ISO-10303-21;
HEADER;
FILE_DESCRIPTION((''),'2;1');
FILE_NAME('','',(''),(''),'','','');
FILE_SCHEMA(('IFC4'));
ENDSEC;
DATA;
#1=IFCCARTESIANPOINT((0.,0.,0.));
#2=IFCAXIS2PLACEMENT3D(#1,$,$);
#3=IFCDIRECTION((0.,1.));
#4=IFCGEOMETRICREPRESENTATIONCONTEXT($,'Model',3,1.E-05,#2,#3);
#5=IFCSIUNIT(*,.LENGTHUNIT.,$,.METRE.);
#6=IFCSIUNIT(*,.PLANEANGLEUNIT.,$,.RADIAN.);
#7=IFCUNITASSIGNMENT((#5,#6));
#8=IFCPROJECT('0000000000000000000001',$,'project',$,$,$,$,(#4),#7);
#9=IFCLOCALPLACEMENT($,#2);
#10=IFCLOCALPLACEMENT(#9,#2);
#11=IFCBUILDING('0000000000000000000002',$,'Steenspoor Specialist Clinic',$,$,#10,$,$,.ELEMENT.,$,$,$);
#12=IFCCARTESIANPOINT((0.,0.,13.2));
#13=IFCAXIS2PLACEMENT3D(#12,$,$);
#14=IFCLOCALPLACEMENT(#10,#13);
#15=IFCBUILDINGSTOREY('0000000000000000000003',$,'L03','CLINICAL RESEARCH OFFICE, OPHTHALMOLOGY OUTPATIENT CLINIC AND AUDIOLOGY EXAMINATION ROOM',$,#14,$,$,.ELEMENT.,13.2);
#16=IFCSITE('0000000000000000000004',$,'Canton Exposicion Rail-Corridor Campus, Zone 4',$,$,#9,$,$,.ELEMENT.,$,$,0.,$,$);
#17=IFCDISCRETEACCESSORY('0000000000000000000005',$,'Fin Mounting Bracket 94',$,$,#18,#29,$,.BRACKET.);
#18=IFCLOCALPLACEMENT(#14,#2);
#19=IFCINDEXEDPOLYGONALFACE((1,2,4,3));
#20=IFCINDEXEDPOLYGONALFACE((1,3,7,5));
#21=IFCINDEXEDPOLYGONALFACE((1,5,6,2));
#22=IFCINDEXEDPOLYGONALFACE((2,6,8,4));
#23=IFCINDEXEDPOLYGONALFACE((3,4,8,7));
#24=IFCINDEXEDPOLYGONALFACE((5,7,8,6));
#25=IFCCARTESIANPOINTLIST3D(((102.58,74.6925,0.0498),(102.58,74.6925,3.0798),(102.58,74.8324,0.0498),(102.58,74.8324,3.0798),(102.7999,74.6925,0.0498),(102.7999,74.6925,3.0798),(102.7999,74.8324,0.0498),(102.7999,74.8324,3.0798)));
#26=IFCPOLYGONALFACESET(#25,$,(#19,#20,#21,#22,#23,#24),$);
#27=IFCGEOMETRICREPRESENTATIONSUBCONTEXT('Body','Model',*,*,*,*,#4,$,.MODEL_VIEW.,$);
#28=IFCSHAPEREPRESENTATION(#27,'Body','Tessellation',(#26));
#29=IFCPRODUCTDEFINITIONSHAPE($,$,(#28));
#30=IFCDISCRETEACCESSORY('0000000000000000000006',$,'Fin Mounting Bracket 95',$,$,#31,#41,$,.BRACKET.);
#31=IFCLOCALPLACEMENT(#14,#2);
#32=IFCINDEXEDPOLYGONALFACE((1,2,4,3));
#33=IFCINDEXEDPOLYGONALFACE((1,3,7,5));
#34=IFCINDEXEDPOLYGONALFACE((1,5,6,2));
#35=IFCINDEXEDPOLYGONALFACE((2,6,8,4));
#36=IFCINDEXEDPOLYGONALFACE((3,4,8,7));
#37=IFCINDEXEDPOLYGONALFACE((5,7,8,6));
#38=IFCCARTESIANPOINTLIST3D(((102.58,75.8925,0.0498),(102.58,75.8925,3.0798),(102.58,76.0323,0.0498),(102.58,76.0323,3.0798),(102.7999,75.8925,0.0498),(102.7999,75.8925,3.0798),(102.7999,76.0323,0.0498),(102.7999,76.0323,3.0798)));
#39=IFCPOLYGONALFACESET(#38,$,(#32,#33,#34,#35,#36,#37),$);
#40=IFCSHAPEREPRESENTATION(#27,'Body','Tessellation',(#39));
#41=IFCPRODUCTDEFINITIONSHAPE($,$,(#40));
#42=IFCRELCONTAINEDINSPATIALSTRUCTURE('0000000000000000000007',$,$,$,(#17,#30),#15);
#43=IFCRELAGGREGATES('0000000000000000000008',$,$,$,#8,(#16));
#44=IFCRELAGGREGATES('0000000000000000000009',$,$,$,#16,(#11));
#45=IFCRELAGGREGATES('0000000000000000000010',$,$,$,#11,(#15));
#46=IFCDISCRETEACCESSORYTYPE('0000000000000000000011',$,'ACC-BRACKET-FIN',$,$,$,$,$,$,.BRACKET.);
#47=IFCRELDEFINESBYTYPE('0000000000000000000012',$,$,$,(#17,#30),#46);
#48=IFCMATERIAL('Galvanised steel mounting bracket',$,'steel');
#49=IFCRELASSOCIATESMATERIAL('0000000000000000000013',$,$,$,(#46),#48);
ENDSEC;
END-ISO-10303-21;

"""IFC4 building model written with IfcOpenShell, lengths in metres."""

from ifc_helpers import new_model, si_unit, direction, frame, origin, origin_2d, place, context, subcontext, project, spatial, rectangle, extrude, material, type_object, element, save


model = new_model("IFC4")

# Units and contexts
model_context = context("Model", 3, precision=1e-05, world=origin(), true_north=direction((0.0, 1.0)))
body_context = subcontext(model_context, "Body", "Model", "MODEL_VIEW")
ifc_project = project(units=[si_unit("LENGTHUNIT", "METRE"), si_unit("PLANEANGLEUNIT", "RADIAN")], contexts=[model_context])

# Site, building, storey
site_placement = place(None, origin())
site = spatial("IfcSite", under=ifc_project, at=site_placement, Name="Canton Exposicion Rail-Corridor Campus, Zone 4", CompositionType="ELEMENT", RefElevation=0.0)
building_placement = place(site_placement, origin())
building = spatial("IfcBuilding", under=site, at=building_placement, Name="Steenspoor Specialist Clinic", CompositionType="ELEMENT")
storey_placement = place(building_placement, frame((0.0, 0.0, 13.2)))
storey = spatial("IfcBuildingStorey", under=building, at=storey_placement, Name="L03", Description="CLINICAL RESEARCH OFFICE, OPHTHALMOLOGY OUTPATIENT CLINIC AND AUDIOLOGY EXAMINATION ROOM", CompositionType="ELEMENT", Elevation=13.2)

# Discrete accessories
ifc_material_1 = material(Name="Galvanised steel mounting bracket", Category="steel")
discrete_accessory_type = type_object("IfcDiscreteAccessoryType", Name="ACC-BRACKET-FIN", PredefinedType="BRACKET", material=ifc_material_1)
for number, where, z_axis, x_axis, name in (
    (1, (102.6899, 74.7625, 0.0498), (0.0, 0.0, 1.0), (-1.0, 0.0, 0.0), "Fin Mounting Bracket 94"),
    (2, (102.6899, 75.9624, 0.0498), (0.0, 0.0, 1.0), (-1.0, 0.0, 0.0), "Fin Mounting Bracket 95"),
):
    element("IfcDiscreteAccessory", number, at=place(storey_placement, frame(where, z_axis=z_axis, x_axis=x_axis)), inside=storey, type_object=discrete_accessory_type, Name=name, PredefinedType="BRACKET", context=body_context, shape_type="SweptSolid", body=[
        extrude(rectangle(XDim=0.22, YDim=0.1399, at=origin_2d()), origin(), (0.0, 0.0, 1.0), 3.03),
    ])

save(model, "model.ifc")
